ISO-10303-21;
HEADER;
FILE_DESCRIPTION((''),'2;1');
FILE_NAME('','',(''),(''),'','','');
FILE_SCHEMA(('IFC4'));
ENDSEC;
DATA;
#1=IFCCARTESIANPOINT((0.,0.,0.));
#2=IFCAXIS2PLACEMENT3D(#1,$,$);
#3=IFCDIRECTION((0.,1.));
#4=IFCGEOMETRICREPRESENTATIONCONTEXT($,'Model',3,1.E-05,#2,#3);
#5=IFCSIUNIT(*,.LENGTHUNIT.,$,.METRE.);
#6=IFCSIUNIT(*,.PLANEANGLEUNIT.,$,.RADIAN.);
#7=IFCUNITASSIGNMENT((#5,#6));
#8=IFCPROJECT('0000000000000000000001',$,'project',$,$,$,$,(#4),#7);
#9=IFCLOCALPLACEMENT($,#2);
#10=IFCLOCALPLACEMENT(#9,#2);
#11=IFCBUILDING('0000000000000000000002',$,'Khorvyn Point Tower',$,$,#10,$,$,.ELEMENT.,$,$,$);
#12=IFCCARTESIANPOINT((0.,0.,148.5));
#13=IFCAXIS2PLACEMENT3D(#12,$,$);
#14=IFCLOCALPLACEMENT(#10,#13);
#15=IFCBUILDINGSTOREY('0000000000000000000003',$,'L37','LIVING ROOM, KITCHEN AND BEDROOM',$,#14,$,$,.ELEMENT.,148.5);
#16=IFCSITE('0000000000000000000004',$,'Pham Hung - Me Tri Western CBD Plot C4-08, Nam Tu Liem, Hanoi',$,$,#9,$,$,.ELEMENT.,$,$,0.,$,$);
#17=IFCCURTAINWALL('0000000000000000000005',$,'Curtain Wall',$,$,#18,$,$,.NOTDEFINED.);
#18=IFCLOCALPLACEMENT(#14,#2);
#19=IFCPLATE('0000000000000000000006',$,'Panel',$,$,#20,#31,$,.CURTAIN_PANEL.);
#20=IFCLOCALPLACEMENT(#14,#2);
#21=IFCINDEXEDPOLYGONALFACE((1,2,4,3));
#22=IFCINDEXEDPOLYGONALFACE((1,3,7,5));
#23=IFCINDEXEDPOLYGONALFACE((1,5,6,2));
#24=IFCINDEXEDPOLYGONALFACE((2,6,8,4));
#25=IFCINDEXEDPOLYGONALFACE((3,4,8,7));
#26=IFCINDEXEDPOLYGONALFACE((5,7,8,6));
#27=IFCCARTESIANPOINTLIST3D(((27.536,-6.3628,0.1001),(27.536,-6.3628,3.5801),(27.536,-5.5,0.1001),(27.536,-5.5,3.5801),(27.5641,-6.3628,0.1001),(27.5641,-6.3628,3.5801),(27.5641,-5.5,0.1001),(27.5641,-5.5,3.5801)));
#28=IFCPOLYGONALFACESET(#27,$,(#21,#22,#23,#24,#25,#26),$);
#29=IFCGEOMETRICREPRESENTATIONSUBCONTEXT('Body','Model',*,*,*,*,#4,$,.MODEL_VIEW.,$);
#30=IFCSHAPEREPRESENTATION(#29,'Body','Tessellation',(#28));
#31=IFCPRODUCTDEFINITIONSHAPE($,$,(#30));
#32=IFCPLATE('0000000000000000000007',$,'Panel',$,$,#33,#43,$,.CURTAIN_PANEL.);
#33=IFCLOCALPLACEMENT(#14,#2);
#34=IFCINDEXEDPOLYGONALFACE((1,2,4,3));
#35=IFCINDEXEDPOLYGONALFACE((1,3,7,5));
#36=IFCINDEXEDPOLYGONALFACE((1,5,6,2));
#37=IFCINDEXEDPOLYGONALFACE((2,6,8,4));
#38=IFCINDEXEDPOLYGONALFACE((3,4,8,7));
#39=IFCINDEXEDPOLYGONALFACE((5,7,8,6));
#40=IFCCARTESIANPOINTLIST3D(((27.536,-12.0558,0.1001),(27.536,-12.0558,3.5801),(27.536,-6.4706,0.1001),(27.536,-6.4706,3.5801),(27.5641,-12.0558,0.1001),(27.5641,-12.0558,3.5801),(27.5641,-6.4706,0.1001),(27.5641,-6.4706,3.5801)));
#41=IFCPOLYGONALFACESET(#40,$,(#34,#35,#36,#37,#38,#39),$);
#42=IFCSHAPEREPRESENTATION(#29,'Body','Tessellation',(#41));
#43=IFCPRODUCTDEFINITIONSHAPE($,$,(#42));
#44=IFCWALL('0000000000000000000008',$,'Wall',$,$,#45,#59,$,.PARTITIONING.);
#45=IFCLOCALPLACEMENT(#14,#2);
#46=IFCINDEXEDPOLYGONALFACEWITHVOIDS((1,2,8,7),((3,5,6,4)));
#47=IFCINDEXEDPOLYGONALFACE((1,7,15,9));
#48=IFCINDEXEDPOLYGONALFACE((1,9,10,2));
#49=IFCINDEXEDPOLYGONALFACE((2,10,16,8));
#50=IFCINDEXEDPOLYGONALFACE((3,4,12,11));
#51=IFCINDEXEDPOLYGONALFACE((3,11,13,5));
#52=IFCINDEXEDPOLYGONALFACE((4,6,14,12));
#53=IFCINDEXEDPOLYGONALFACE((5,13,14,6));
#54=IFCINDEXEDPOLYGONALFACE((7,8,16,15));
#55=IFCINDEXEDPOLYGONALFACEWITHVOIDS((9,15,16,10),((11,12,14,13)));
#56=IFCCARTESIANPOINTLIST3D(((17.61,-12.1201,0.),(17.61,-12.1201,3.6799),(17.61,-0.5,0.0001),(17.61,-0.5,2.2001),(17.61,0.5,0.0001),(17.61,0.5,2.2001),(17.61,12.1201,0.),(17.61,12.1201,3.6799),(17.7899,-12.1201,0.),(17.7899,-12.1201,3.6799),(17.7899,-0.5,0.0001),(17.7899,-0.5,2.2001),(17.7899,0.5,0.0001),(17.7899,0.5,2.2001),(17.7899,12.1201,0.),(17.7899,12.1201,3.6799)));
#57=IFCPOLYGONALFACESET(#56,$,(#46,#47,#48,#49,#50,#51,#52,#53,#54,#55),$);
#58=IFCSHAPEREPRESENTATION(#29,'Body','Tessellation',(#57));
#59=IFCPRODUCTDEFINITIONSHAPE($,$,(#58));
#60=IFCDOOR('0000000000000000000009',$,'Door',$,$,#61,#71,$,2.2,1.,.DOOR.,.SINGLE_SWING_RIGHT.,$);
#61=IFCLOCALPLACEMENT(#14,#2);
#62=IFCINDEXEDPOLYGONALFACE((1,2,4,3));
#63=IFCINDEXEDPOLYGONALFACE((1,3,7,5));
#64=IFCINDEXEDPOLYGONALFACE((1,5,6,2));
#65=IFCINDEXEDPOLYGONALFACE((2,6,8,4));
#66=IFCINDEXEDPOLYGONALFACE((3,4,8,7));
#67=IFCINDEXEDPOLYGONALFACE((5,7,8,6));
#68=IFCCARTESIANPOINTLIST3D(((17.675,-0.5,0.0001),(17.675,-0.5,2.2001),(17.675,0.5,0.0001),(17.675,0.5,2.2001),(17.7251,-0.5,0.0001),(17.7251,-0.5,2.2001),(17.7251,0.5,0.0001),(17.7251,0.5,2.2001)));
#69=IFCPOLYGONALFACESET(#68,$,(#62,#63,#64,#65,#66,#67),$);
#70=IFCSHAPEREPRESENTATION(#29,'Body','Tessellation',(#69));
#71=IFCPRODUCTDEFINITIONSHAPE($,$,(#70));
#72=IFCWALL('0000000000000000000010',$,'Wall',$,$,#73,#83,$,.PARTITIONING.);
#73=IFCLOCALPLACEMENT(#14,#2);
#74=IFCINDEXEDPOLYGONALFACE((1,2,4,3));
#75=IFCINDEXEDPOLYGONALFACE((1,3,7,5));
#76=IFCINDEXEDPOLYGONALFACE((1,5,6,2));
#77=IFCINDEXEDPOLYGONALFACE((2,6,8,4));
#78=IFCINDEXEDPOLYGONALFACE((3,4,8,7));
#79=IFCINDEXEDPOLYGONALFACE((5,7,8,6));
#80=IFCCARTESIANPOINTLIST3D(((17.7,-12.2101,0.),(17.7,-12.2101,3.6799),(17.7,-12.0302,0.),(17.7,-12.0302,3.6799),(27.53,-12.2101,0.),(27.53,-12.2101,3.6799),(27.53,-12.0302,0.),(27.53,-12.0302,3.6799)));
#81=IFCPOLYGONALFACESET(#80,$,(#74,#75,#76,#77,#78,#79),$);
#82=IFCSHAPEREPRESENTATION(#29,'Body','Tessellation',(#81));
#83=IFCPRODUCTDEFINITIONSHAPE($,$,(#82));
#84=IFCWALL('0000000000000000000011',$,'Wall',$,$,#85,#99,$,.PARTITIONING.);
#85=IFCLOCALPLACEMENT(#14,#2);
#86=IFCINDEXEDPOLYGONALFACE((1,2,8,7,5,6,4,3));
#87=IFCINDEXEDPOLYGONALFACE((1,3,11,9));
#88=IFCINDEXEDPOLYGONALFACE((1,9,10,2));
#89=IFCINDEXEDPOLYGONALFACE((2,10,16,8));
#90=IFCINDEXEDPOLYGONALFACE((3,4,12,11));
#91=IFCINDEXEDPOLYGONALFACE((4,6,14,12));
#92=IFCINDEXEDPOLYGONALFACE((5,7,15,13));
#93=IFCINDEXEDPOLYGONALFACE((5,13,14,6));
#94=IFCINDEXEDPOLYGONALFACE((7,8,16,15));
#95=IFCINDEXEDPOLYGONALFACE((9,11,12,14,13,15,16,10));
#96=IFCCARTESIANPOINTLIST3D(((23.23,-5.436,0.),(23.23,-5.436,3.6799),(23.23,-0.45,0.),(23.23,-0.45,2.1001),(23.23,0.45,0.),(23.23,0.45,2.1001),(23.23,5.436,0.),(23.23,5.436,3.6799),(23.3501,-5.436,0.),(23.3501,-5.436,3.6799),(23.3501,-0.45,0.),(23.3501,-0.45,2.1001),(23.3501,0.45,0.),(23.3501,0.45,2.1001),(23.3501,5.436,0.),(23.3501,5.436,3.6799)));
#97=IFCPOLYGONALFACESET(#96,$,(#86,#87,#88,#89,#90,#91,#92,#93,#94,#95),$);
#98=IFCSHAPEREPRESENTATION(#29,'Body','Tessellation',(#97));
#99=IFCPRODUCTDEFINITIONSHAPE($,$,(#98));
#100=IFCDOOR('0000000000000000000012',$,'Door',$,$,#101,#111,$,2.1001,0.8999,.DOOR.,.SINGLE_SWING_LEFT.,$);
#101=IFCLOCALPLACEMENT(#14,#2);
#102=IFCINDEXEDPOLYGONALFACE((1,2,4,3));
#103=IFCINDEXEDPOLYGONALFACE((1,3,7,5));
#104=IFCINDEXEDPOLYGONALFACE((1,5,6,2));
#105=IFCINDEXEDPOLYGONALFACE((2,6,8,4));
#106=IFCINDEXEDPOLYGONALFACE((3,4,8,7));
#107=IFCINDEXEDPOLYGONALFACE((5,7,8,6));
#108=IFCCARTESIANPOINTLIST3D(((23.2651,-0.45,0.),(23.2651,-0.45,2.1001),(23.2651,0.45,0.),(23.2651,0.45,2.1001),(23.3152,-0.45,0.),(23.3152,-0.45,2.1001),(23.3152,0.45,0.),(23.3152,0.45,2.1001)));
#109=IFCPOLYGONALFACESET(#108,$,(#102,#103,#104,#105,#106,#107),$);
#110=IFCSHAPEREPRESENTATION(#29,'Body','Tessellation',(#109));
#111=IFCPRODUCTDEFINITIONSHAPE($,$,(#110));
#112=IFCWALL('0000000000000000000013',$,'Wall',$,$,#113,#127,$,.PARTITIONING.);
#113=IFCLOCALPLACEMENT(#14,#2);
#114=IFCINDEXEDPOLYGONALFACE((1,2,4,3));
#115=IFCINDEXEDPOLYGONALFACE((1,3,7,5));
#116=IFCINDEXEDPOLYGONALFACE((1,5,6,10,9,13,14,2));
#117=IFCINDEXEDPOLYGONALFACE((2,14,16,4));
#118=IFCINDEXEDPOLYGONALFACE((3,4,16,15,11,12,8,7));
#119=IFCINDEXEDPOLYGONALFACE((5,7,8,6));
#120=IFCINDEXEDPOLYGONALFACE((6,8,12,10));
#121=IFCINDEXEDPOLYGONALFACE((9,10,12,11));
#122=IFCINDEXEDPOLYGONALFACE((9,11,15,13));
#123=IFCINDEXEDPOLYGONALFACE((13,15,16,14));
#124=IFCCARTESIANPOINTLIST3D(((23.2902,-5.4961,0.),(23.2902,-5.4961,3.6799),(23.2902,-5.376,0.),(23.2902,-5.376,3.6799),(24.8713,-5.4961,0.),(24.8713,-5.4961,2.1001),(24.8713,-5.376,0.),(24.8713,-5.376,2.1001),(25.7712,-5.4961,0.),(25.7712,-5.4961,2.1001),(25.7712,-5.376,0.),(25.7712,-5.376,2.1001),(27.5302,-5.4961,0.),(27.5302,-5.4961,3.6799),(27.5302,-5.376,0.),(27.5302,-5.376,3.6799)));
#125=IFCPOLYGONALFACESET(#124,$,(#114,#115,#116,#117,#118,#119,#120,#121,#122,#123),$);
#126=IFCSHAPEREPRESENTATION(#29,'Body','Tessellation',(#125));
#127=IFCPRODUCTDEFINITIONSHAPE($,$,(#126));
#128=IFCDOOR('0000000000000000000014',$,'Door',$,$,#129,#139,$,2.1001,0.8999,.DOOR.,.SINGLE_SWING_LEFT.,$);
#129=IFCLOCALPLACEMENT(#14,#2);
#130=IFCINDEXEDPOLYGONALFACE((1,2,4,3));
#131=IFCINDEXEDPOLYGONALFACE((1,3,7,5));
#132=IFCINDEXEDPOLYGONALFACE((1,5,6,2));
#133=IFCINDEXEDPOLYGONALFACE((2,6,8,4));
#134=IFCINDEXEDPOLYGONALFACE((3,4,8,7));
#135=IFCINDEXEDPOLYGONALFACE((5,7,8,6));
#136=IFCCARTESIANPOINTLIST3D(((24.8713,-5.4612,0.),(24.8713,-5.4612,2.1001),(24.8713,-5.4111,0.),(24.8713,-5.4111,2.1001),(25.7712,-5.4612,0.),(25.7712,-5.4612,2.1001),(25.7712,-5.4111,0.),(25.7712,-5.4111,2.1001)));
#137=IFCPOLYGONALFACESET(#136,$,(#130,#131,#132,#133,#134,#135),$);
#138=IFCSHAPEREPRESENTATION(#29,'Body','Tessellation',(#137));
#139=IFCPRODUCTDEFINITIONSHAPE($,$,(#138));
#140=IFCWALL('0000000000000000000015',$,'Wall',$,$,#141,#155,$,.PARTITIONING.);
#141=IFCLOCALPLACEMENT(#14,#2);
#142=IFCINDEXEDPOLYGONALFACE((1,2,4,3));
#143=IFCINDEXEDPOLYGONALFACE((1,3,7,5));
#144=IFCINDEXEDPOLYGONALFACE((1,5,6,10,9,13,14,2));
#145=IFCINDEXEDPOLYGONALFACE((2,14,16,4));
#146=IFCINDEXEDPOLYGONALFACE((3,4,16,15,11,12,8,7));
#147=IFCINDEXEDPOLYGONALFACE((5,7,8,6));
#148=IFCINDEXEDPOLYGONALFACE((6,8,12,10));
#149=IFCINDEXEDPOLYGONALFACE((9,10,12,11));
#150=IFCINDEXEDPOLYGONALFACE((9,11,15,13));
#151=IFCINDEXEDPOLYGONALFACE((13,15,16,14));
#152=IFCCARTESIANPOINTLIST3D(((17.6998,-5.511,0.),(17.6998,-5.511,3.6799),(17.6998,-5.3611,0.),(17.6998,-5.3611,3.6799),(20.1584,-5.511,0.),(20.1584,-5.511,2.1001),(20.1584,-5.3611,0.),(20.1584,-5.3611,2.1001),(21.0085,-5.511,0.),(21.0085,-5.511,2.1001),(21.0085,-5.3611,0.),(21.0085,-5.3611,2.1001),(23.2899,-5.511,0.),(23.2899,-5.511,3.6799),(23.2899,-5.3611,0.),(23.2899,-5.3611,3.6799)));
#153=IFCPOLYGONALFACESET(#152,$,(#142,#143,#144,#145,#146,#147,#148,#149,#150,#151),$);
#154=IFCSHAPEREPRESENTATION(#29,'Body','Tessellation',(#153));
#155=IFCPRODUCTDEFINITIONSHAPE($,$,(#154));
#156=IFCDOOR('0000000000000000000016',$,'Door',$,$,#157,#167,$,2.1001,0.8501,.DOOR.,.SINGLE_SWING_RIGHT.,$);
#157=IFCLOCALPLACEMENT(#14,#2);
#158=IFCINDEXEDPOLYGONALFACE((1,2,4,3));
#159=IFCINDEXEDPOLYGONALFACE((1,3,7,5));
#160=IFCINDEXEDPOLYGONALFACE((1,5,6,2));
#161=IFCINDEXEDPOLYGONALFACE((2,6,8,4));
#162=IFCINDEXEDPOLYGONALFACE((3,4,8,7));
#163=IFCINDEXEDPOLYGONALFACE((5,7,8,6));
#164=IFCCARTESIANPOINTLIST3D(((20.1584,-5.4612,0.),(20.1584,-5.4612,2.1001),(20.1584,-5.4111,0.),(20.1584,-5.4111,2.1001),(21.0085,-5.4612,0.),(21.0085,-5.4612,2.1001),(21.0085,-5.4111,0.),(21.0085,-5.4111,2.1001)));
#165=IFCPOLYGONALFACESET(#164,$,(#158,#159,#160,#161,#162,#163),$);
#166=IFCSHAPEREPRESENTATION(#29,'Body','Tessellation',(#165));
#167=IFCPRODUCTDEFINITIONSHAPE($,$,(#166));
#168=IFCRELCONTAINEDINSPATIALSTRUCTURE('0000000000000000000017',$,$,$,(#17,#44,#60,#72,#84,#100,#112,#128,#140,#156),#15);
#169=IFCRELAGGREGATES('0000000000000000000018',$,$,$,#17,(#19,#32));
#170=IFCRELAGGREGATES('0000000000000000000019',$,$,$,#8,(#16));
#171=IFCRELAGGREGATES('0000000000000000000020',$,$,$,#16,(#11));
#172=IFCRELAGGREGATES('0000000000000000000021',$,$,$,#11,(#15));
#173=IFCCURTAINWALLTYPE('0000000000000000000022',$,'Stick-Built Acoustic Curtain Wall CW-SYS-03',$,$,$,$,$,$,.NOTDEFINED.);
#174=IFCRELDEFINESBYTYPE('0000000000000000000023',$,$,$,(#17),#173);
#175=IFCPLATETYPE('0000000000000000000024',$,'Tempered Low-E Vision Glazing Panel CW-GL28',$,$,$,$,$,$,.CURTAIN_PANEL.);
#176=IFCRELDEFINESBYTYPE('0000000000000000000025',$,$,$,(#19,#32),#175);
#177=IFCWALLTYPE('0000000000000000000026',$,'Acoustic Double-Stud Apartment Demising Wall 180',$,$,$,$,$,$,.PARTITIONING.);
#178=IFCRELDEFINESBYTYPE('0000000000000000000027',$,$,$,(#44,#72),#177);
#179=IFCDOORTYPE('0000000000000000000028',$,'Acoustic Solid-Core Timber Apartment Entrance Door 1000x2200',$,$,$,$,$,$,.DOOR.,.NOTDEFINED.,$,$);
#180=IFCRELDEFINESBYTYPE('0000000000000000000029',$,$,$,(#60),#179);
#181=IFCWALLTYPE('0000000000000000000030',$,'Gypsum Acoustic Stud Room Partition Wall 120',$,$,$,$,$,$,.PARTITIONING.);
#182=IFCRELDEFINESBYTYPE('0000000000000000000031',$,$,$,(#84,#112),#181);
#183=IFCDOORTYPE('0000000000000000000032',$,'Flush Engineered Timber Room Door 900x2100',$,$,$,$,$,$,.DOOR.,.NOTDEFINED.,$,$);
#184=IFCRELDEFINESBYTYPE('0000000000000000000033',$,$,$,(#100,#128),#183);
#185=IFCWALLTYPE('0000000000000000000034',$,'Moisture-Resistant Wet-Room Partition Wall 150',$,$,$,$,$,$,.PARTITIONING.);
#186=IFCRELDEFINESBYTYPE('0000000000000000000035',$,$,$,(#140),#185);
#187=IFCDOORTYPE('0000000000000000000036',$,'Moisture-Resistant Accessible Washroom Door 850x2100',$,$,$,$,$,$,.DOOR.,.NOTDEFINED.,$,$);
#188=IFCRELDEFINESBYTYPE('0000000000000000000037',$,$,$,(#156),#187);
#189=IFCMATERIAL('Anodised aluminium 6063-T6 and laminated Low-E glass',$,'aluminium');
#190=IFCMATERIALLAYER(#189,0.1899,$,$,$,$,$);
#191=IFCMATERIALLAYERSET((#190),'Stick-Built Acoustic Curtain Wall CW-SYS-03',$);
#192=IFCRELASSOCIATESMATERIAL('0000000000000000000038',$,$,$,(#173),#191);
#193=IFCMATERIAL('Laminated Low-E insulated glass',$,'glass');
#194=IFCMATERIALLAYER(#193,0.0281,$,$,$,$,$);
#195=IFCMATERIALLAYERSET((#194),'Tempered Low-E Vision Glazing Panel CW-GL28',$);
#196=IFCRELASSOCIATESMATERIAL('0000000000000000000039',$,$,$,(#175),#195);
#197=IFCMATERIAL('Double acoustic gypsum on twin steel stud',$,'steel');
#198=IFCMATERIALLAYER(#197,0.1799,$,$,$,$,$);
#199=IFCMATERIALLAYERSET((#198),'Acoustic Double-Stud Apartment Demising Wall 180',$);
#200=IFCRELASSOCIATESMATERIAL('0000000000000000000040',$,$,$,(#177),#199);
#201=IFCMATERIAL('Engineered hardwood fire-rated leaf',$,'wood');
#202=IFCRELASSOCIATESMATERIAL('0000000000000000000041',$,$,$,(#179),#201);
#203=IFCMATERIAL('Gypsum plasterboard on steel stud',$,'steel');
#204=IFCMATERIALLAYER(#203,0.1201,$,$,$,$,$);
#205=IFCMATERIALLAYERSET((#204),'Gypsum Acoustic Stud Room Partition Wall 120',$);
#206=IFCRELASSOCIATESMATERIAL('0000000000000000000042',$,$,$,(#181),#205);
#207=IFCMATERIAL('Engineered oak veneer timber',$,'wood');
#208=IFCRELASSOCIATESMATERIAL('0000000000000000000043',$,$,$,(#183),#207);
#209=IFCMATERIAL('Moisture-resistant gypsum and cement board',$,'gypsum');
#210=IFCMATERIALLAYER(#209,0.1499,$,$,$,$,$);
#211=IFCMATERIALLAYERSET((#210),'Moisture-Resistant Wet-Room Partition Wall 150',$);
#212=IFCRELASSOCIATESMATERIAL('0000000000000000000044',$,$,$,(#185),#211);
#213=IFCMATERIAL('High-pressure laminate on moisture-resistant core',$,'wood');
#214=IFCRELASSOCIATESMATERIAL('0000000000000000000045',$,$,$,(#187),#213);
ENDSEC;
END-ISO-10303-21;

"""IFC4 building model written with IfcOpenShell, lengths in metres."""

from ifc_helpers import new_model, si_unit, direction, frame, frame_2d, origin, origin_2d, place, context, subcontext, project, spatial, rectangle, extrude, material, layer, layer_set, type_object, element, fill, aggregate, save


model = new_model("IFC4")

# Units and contexts
model_context = context("Model", 3, precision=1e-05, world=origin(), true_north=direction((0.0, 1.0)))
body_context = subcontext(model_context, "Body", "Model", "MODEL_VIEW")
ifc_project = project(units=[si_unit("LENGTHUNIT", "METRE"), si_unit("PLANEANGLEUNIT", "RADIAN")], contexts=[model_context])

# Site, building, storey
site_placement = place(None, origin())
site = spatial("IfcSite", under=ifc_project, at=site_placement, Name="Pham Hung - Me Tri Western CBD Plot C4-08, Nam Tu Liem, Hanoi", CompositionType="ELEMENT", RefElevation=0.0)
building_placement = place(site_placement, origin())
building = spatial("IfcBuilding", under=site, at=building_placement, Name="Khorvyn Point Tower", CompositionType="ELEMENT")
storey_placement = place(building_placement, frame((0.0, 0.0, 148.5)))
storey = spatial("IfcBuildingStorey", under=building, at=storey_placement, Name="L37", Description="LIVING ROOM, KITCHEN AND BEDROOM", CompositionType="ELEMENT", Elevation=148.5)

# Curtain wall
ifc_material_1 = material(Name="Anodised aluminium 6063-T6 and laminated Low-E glass", Category="aluminium")
ifc_layer_1 = layer(ifc_material_1, 0.1899)
ifc_layer_set_1 = layer_set([ifc_layer_1], Name="Stick-Built Acoustic Curtain Wall CW-SYS-03")
curtain_wall_type = type_object("IfcCurtainWallType", Name="Stick-Built Acoustic Curtain Wall CW-SYS-03", PredefinedType="NOTDEFINED", material=ifc_layer_set_1)
curtain_wall_placement = place(storey_placement, origin())
curtain_wall = element("IfcCurtainWall", 1, at=curtain_wall_placement, inside=storey, type_object=curtain_wall_type, Name="Curtain Wall", PredefinedType="NOTDEFINED")

# Plates
ifc_material_2 = material(Name="Laminated Low-E insulated glass", Category="glass")
ifc_layer_2 = layer(ifc_material_2, 0.0281)
ifc_layer_set_2 = layer_set([ifc_layer_2], Name="Tempered Low-E Vision Glazing Panel CW-GL28")
plate_type = type_object("IfcPlateType", Name="Tempered Low-E Vision Glazing Panel CW-GL28", PredefinedType="CURTAIN_PANEL", material=ifc_layer_set_2)
plate_1_placement = place(storey_placement, frame((27.55, -5.9314, 0.1001), z_axis=(0.0, 0.0, 1.0), x_axis=(0.0, -1.0, 0.0)))
plate_1 = element("IfcPlate", 2, at=plate_1_placement, type_object=plate_type, Name="Panel", PredefinedType="CURTAIN_PANEL", context=body_context, shape_type="SweptSolid", body=[
    extrude(rectangle(XDim=0.8628, YDim=0.0281, at=origin_2d()), origin(), (0.0, 0.0, 1.0), 3.48),
])
plate_2_placement = place(storey_placement, frame((27.55, -9.2632, 0.1001), z_axis=(0.0, 0.0, 1.0), x_axis=(0.0, -1.0, 0.0)))
plate_2 = element("IfcPlate", 3, at=plate_2_placement, type_object=plate_type, Name="Panel", PredefinedType="CURTAIN_PANEL", context=body_context, shape_type="SweptSolid", body=[
    extrude(rectangle(XDim=5.5852, YDim=0.0281, at=origin_2d()), origin(), (0.0, 0.0, 1.0), 3.48),
])
aggregate(curtain_wall, [plate_1, plate_2])

# Wall, opening, door
ifc_material_3 = material(Name="Double acoustic gypsum on twin steel stud", Category="steel")
ifc_layer_3 = layer(ifc_material_3, 0.1799)
ifc_layer_set_3 = layer_set([ifc_layer_3], Name="Acoustic Double-Stud Apartment Demising Wall 180")
wall_type_1 = type_object("IfcWallType", Name="Acoustic Double-Stud Apartment Demising Wall 180", PredefinedType="PARTITIONING", material=ifc_layer_set_3)
wall_1_placement = place(storey_placement, frame((17.7, -12.1201, 0.0), z_axis=(0.0, 0.0, 1.0), x_axis=(0.0, 1.0, 0.0)))
wall_1 = element("IfcWall", 4, at=wall_1_placement, inside=storey, type_object=wall_type_1, Name="Wall", PredefinedType="PARTITIONING", context=body_context, shape_type="SweptSolid", body=[
    extrude(rectangle(XDim=24.2402, YDim=0.1799, at=frame_2d((12.1201, 0.0))), origin(), (0.0, 0.0, 1.0), 3.6799),
])
opening_1_placement = place(wall_1_placement, frame((11.6201, 0.0, 0.0)))
opening_1 = element("IfcOpeningElement", 5, at=opening_1_placement, cuts=wall_1, PredefinedType="OPENING", context=body_context, shape_type="SweptSolid", body=[
    extrude(rectangle(XDim=1.0, YDim=2.2, at=frame_2d((0.5, 1.1001))), frame((0.0, 0.0999, 0.0), z_axis=(0.0, -1.0, 0.0), x_axis=(1.0, 0.0, 0.0)), (0.0, 0.0, 1.0), 0.2),
])
ifc_material_4 = material(Name="Engineered hardwood fire-rated leaf", Category="wood")
door_type_1 = type_object("IfcDoorType", Name="Acoustic Solid-Core Timber Apartment Entrance Door 1000x2200", OperationType="NOTDEFINED", PredefinedType="DOOR", material=ifc_material_4)
door_1_placement = place(opening_1_placement, origin())
door_1 = element("IfcDoor", 6, at=door_1_placement, inside=storey, type_object=door_type_1, Name="Door", OperationType="SINGLE_SWING_RIGHT", OverallHeight=2.2, OverallWidth=1.0, PredefinedType="DOOR", context=body_context, shape_type="SweptSolid", body=[
    extrude(rectangle(XDim=1.0, YDim=2.2, at=frame_2d((0.5, 1.1001))), frame((0.0, 0.0249, 0.0), z_axis=(0.0, -1.0, 0.0), x_axis=(1.0, 0.0, 0.0)), (0.0, 0.0, 1.0), 0.05),
])
fill(opening_1, door_1)

# Wall
wall_2_placement = place(storey_placement, frame((17.7, -12.1201, 0.0), z_axis=(0.0, 0.0, 1.0), x_axis=(1.0, 0.0, 0.0)))
element("IfcWall", 7, at=wall_2_placement, inside=storey, type_object=wall_type_1, Name="Wall", PredefinedType="PARTITIONING", context=body_context, shape_type="SweptSolid", body=[
    extrude(rectangle(XDim=9.8301, YDim=0.1799, at=frame_2d((4.915, 0.0))), origin(), (0.0, 0.0, 1.0), 3.6799),
])

# Walls, openings, doors
ifc_material_5 = material(Name="Gypsum plasterboard on steel stud", Category="steel")
ifc_layer_4 = layer(ifc_material_5, 0.1201)
ifc_layer_set_4 = layer_set([ifc_layer_4], Name="Gypsum Acoustic Stud Room Partition Wall 120")
wall_type_2 = type_object("IfcWallType", Name="Gypsum Acoustic Stud Room Partition Wall 120", PredefinedType="PARTITIONING", material=ifc_layer_set_4)
wall_3_placement = place(storey_placement, frame((23.29, -5.436, 0.0), z_axis=(0.0, 0.0, 1.0), x_axis=(0.0, 1.0, 0.0)))
wall_3 = element("IfcWall", 8, at=wall_3_placement, inside=storey, type_object=wall_type_2, Name="Wall", PredefinedType="PARTITIONING", context=body_context, shape_type="SweptSolid", body=[
    extrude(rectangle(XDim=10.8721, YDim=0.1201, at=frame_2d((5.436, 0.0))), origin(), (0.0, 0.0, 1.0), 3.6799),
])
opening_2_placement = place(wall_3_placement, frame((4.9861, 0.0, 0.0)))
opening_2 = element("IfcOpeningElement", 9, at=opening_2_placement, cuts=wall_3, PredefinedType="OPENING", context=body_context, shape_type="SweptSolid", body=[
    extrude(rectangle(XDim=0.8999, YDim=2.1001, at=frame_2d((0.45, 1.05))), frame((0.0, 0.0701, 0.0), z_axis=(0.0, -1.0, 0.0), x_axis=(1.0, 0.0, 0.0)), (0.0, 0.0, 1.0), 0.1401),
])
ifc_material_6 = material(Name="Engineered oak veneer timber", Category="wood")
door_type_2 = type_object("IfcDoorType", Name="Flush Engineered Timber Room Door 900x2100", OperationType="NOTDEFINED", PredefinedType="DOOR", material=ifc_material_6)
door_2_placement = place(opening_2_placement, origin())
door_2 = element("IfcDoor", 10, at=door_2_placement, inside=storey, type_object=door_type_2, Name="Door", OperationType="SINGLE_SWING_LEFT", OverallHeight=2.1001, OverallWidth=0.8999, PredefinedType="DOOR", context=body_context, shape_type="SweptSolid", body=[
    extrude(rectangle(XDim=0.8999, YDim=2.1001, at=frame_2d((0.45, 1.05))), frame((0.0, 0.0249, 0.0), z_axis=(0.0, -1.0, 0.0), x_axis=(1.0, 0.0, 0.0)), (0.0, 0.0, 1.0), 0.05),
])
fill(opening_2, door_2)
wall_4_placement = place(storey_placement, frame((23.29, -5.436, 0.0), z_axis=(0.0, 0.0, 1.0), x_axis=(1.0, 0.0, 0.0)))
wall_4 = element("IfcWall", 11, at=wall_4_placement, inside=storey, type_object=wall_type_2, Name="Wall", PredefinedType="PARTITIONING", context=body_context, shape_type="SweptSolid", body=[
    extrude(rectangle(XDim=4.24, YDim=0.1201, at=frame_2d((2.1201, 0.0))), origin(), (0.0, 0.0, 1.0), 3.6799),
])
opening_3_placement = place(wall_4_placement, frame((1.5813, 0.0, 0.0)))
opening_3 = element("IfcOpeningElement", 12, at=opening_3_placement, cuts=wall_4, PredefinedType="OPENING", context=body_context, shape_type="SweptSolid", body=[
    extrude(rectangle(XDim=0.8999, YDim=2.1001, at=frame_2d((0.45, 1.05))), frame((0.0, 0.0701, 0.0), z_axis=(0.0, -1.0, 0.0), x_axis=(1.0, 0.0, 0.0)), (0.0, 0.0, 1.0), 0.1401),
])
door_3_placement = place(opening_3_placement, origin())
door_3 = element("IfcDoor", 13, at=door_3_placement, inside=storey, type_object=door_type_2, Name="Door", OperationType="SINGLE_SWING_LEFT", OverallHeight=2.1001, OverallWidth=0.8999, PredefinedType="DOOR", context=body_context, shape_type="SweptSolid", body=[
    extrude(rectangle(XDim=0.8999, YDim=2.1001, at=frame_2d((0.45, 1.05))), frame((0.0, 0.0249, 0.0), z_axis=(0.0, -1.0, 0.0), x_axis=(1.0, 0.0, 0.0)), (0.0, 0.0, 1.0), 0.05),
])
fill(opening_3, door_3)
ifc_material_7 = material(Name="Moisture-resistant gypsum and cement board", Category="gypsum")
ifc_layer_5 = layer(ifc_material_7, 0.1499)
ifc_layer_set_5 = layer_set([ifc_layer_5], Name="Moisture-Resistant Wet-Room Partition Wall 150")
wall_type_3 = type_object("IfcWallType", Name="Moisture-Resistant Wet-Room Partition Wall 150", PredefinedType="PARTITIONING", material=ifc_layer_set_5)
wall_5_placement = place(storey_placement, frame((17.7, -5.436, 0.0), z_axis=(0.0, 0.0, 1.0), x_axis=(1.0, 0.0, 0.0)))
wall_5 = element("IfcWall", 14, at=wall_5_placement, inside=storey, type_object=wall_type_3, Name="Wall", PredefinedType="PARTITIONING", context=body_context, shape_type="SweptSolid", body=[
    extrude(rectangle(XDim=5.5901, YDim=0.1499, at=frame_2d((2.7949, 0.0))), origin(), (0.0, 0.0, 1.0), 3.6799),
])
opening_4_placement = place(wall_5_placement, frame((2.4585, 0.0, 0.0)))
opening_4 = element("IfcOpeningElement", 15, at=opening_4_placement, cuts=wall_5, PredefinedType="OPENING", context=body_context, shape_type="SweptSolid", body=[
    extrude(rectangle(XDim=0.8501, YDim=2.1001, at=frame_2d((0.425, 1.05))), frame((0.0, 0.085, 0.0), z_axis=(0.0, -1.0, 0.0), x_axis=(1.0, 0.0, 0.0)), (0.0, 0.0, 1.0), 0.1699),
])
ifc_material_8 = material(Name="High-pressure laminate on moisture-resistant core", Category="wood")
door_type_3 = type_object("IfcDoorType", Name="Moisture-Resistant Accessible Washroom Door 850x2100", OperationType="NOTDEFINED", PredefinedType="DOOR", material=ifc_material_8)
door_4_placement = place(opening_4_placement, origin())
door_4 = element("IfcDoor", 16, at=door_4_placement, inside=storey, type_object=door_type_3, Name="Door", OperationType="SINGLE_SWING_RIGHT", OverallHeight=2.1001, OverallWidth=0.8501, PredefinedType="DOOR", context=body_context, shape_type="SweptSolid", body=[
    extrude(rectangle(XDim=0.8501, YDim=2.1001, at=frame_2d((0.425, 1.05))), frame((0.0, 0.0249, 0.0), z_axis=(0.0, -1.0, 0.0), x_axis=(1.0, 0.0, 0.0)), (0.0, 0.0, 1.0), 0.05),
])
fill(opening_4, door_4)

save(model, "model.ifc")
